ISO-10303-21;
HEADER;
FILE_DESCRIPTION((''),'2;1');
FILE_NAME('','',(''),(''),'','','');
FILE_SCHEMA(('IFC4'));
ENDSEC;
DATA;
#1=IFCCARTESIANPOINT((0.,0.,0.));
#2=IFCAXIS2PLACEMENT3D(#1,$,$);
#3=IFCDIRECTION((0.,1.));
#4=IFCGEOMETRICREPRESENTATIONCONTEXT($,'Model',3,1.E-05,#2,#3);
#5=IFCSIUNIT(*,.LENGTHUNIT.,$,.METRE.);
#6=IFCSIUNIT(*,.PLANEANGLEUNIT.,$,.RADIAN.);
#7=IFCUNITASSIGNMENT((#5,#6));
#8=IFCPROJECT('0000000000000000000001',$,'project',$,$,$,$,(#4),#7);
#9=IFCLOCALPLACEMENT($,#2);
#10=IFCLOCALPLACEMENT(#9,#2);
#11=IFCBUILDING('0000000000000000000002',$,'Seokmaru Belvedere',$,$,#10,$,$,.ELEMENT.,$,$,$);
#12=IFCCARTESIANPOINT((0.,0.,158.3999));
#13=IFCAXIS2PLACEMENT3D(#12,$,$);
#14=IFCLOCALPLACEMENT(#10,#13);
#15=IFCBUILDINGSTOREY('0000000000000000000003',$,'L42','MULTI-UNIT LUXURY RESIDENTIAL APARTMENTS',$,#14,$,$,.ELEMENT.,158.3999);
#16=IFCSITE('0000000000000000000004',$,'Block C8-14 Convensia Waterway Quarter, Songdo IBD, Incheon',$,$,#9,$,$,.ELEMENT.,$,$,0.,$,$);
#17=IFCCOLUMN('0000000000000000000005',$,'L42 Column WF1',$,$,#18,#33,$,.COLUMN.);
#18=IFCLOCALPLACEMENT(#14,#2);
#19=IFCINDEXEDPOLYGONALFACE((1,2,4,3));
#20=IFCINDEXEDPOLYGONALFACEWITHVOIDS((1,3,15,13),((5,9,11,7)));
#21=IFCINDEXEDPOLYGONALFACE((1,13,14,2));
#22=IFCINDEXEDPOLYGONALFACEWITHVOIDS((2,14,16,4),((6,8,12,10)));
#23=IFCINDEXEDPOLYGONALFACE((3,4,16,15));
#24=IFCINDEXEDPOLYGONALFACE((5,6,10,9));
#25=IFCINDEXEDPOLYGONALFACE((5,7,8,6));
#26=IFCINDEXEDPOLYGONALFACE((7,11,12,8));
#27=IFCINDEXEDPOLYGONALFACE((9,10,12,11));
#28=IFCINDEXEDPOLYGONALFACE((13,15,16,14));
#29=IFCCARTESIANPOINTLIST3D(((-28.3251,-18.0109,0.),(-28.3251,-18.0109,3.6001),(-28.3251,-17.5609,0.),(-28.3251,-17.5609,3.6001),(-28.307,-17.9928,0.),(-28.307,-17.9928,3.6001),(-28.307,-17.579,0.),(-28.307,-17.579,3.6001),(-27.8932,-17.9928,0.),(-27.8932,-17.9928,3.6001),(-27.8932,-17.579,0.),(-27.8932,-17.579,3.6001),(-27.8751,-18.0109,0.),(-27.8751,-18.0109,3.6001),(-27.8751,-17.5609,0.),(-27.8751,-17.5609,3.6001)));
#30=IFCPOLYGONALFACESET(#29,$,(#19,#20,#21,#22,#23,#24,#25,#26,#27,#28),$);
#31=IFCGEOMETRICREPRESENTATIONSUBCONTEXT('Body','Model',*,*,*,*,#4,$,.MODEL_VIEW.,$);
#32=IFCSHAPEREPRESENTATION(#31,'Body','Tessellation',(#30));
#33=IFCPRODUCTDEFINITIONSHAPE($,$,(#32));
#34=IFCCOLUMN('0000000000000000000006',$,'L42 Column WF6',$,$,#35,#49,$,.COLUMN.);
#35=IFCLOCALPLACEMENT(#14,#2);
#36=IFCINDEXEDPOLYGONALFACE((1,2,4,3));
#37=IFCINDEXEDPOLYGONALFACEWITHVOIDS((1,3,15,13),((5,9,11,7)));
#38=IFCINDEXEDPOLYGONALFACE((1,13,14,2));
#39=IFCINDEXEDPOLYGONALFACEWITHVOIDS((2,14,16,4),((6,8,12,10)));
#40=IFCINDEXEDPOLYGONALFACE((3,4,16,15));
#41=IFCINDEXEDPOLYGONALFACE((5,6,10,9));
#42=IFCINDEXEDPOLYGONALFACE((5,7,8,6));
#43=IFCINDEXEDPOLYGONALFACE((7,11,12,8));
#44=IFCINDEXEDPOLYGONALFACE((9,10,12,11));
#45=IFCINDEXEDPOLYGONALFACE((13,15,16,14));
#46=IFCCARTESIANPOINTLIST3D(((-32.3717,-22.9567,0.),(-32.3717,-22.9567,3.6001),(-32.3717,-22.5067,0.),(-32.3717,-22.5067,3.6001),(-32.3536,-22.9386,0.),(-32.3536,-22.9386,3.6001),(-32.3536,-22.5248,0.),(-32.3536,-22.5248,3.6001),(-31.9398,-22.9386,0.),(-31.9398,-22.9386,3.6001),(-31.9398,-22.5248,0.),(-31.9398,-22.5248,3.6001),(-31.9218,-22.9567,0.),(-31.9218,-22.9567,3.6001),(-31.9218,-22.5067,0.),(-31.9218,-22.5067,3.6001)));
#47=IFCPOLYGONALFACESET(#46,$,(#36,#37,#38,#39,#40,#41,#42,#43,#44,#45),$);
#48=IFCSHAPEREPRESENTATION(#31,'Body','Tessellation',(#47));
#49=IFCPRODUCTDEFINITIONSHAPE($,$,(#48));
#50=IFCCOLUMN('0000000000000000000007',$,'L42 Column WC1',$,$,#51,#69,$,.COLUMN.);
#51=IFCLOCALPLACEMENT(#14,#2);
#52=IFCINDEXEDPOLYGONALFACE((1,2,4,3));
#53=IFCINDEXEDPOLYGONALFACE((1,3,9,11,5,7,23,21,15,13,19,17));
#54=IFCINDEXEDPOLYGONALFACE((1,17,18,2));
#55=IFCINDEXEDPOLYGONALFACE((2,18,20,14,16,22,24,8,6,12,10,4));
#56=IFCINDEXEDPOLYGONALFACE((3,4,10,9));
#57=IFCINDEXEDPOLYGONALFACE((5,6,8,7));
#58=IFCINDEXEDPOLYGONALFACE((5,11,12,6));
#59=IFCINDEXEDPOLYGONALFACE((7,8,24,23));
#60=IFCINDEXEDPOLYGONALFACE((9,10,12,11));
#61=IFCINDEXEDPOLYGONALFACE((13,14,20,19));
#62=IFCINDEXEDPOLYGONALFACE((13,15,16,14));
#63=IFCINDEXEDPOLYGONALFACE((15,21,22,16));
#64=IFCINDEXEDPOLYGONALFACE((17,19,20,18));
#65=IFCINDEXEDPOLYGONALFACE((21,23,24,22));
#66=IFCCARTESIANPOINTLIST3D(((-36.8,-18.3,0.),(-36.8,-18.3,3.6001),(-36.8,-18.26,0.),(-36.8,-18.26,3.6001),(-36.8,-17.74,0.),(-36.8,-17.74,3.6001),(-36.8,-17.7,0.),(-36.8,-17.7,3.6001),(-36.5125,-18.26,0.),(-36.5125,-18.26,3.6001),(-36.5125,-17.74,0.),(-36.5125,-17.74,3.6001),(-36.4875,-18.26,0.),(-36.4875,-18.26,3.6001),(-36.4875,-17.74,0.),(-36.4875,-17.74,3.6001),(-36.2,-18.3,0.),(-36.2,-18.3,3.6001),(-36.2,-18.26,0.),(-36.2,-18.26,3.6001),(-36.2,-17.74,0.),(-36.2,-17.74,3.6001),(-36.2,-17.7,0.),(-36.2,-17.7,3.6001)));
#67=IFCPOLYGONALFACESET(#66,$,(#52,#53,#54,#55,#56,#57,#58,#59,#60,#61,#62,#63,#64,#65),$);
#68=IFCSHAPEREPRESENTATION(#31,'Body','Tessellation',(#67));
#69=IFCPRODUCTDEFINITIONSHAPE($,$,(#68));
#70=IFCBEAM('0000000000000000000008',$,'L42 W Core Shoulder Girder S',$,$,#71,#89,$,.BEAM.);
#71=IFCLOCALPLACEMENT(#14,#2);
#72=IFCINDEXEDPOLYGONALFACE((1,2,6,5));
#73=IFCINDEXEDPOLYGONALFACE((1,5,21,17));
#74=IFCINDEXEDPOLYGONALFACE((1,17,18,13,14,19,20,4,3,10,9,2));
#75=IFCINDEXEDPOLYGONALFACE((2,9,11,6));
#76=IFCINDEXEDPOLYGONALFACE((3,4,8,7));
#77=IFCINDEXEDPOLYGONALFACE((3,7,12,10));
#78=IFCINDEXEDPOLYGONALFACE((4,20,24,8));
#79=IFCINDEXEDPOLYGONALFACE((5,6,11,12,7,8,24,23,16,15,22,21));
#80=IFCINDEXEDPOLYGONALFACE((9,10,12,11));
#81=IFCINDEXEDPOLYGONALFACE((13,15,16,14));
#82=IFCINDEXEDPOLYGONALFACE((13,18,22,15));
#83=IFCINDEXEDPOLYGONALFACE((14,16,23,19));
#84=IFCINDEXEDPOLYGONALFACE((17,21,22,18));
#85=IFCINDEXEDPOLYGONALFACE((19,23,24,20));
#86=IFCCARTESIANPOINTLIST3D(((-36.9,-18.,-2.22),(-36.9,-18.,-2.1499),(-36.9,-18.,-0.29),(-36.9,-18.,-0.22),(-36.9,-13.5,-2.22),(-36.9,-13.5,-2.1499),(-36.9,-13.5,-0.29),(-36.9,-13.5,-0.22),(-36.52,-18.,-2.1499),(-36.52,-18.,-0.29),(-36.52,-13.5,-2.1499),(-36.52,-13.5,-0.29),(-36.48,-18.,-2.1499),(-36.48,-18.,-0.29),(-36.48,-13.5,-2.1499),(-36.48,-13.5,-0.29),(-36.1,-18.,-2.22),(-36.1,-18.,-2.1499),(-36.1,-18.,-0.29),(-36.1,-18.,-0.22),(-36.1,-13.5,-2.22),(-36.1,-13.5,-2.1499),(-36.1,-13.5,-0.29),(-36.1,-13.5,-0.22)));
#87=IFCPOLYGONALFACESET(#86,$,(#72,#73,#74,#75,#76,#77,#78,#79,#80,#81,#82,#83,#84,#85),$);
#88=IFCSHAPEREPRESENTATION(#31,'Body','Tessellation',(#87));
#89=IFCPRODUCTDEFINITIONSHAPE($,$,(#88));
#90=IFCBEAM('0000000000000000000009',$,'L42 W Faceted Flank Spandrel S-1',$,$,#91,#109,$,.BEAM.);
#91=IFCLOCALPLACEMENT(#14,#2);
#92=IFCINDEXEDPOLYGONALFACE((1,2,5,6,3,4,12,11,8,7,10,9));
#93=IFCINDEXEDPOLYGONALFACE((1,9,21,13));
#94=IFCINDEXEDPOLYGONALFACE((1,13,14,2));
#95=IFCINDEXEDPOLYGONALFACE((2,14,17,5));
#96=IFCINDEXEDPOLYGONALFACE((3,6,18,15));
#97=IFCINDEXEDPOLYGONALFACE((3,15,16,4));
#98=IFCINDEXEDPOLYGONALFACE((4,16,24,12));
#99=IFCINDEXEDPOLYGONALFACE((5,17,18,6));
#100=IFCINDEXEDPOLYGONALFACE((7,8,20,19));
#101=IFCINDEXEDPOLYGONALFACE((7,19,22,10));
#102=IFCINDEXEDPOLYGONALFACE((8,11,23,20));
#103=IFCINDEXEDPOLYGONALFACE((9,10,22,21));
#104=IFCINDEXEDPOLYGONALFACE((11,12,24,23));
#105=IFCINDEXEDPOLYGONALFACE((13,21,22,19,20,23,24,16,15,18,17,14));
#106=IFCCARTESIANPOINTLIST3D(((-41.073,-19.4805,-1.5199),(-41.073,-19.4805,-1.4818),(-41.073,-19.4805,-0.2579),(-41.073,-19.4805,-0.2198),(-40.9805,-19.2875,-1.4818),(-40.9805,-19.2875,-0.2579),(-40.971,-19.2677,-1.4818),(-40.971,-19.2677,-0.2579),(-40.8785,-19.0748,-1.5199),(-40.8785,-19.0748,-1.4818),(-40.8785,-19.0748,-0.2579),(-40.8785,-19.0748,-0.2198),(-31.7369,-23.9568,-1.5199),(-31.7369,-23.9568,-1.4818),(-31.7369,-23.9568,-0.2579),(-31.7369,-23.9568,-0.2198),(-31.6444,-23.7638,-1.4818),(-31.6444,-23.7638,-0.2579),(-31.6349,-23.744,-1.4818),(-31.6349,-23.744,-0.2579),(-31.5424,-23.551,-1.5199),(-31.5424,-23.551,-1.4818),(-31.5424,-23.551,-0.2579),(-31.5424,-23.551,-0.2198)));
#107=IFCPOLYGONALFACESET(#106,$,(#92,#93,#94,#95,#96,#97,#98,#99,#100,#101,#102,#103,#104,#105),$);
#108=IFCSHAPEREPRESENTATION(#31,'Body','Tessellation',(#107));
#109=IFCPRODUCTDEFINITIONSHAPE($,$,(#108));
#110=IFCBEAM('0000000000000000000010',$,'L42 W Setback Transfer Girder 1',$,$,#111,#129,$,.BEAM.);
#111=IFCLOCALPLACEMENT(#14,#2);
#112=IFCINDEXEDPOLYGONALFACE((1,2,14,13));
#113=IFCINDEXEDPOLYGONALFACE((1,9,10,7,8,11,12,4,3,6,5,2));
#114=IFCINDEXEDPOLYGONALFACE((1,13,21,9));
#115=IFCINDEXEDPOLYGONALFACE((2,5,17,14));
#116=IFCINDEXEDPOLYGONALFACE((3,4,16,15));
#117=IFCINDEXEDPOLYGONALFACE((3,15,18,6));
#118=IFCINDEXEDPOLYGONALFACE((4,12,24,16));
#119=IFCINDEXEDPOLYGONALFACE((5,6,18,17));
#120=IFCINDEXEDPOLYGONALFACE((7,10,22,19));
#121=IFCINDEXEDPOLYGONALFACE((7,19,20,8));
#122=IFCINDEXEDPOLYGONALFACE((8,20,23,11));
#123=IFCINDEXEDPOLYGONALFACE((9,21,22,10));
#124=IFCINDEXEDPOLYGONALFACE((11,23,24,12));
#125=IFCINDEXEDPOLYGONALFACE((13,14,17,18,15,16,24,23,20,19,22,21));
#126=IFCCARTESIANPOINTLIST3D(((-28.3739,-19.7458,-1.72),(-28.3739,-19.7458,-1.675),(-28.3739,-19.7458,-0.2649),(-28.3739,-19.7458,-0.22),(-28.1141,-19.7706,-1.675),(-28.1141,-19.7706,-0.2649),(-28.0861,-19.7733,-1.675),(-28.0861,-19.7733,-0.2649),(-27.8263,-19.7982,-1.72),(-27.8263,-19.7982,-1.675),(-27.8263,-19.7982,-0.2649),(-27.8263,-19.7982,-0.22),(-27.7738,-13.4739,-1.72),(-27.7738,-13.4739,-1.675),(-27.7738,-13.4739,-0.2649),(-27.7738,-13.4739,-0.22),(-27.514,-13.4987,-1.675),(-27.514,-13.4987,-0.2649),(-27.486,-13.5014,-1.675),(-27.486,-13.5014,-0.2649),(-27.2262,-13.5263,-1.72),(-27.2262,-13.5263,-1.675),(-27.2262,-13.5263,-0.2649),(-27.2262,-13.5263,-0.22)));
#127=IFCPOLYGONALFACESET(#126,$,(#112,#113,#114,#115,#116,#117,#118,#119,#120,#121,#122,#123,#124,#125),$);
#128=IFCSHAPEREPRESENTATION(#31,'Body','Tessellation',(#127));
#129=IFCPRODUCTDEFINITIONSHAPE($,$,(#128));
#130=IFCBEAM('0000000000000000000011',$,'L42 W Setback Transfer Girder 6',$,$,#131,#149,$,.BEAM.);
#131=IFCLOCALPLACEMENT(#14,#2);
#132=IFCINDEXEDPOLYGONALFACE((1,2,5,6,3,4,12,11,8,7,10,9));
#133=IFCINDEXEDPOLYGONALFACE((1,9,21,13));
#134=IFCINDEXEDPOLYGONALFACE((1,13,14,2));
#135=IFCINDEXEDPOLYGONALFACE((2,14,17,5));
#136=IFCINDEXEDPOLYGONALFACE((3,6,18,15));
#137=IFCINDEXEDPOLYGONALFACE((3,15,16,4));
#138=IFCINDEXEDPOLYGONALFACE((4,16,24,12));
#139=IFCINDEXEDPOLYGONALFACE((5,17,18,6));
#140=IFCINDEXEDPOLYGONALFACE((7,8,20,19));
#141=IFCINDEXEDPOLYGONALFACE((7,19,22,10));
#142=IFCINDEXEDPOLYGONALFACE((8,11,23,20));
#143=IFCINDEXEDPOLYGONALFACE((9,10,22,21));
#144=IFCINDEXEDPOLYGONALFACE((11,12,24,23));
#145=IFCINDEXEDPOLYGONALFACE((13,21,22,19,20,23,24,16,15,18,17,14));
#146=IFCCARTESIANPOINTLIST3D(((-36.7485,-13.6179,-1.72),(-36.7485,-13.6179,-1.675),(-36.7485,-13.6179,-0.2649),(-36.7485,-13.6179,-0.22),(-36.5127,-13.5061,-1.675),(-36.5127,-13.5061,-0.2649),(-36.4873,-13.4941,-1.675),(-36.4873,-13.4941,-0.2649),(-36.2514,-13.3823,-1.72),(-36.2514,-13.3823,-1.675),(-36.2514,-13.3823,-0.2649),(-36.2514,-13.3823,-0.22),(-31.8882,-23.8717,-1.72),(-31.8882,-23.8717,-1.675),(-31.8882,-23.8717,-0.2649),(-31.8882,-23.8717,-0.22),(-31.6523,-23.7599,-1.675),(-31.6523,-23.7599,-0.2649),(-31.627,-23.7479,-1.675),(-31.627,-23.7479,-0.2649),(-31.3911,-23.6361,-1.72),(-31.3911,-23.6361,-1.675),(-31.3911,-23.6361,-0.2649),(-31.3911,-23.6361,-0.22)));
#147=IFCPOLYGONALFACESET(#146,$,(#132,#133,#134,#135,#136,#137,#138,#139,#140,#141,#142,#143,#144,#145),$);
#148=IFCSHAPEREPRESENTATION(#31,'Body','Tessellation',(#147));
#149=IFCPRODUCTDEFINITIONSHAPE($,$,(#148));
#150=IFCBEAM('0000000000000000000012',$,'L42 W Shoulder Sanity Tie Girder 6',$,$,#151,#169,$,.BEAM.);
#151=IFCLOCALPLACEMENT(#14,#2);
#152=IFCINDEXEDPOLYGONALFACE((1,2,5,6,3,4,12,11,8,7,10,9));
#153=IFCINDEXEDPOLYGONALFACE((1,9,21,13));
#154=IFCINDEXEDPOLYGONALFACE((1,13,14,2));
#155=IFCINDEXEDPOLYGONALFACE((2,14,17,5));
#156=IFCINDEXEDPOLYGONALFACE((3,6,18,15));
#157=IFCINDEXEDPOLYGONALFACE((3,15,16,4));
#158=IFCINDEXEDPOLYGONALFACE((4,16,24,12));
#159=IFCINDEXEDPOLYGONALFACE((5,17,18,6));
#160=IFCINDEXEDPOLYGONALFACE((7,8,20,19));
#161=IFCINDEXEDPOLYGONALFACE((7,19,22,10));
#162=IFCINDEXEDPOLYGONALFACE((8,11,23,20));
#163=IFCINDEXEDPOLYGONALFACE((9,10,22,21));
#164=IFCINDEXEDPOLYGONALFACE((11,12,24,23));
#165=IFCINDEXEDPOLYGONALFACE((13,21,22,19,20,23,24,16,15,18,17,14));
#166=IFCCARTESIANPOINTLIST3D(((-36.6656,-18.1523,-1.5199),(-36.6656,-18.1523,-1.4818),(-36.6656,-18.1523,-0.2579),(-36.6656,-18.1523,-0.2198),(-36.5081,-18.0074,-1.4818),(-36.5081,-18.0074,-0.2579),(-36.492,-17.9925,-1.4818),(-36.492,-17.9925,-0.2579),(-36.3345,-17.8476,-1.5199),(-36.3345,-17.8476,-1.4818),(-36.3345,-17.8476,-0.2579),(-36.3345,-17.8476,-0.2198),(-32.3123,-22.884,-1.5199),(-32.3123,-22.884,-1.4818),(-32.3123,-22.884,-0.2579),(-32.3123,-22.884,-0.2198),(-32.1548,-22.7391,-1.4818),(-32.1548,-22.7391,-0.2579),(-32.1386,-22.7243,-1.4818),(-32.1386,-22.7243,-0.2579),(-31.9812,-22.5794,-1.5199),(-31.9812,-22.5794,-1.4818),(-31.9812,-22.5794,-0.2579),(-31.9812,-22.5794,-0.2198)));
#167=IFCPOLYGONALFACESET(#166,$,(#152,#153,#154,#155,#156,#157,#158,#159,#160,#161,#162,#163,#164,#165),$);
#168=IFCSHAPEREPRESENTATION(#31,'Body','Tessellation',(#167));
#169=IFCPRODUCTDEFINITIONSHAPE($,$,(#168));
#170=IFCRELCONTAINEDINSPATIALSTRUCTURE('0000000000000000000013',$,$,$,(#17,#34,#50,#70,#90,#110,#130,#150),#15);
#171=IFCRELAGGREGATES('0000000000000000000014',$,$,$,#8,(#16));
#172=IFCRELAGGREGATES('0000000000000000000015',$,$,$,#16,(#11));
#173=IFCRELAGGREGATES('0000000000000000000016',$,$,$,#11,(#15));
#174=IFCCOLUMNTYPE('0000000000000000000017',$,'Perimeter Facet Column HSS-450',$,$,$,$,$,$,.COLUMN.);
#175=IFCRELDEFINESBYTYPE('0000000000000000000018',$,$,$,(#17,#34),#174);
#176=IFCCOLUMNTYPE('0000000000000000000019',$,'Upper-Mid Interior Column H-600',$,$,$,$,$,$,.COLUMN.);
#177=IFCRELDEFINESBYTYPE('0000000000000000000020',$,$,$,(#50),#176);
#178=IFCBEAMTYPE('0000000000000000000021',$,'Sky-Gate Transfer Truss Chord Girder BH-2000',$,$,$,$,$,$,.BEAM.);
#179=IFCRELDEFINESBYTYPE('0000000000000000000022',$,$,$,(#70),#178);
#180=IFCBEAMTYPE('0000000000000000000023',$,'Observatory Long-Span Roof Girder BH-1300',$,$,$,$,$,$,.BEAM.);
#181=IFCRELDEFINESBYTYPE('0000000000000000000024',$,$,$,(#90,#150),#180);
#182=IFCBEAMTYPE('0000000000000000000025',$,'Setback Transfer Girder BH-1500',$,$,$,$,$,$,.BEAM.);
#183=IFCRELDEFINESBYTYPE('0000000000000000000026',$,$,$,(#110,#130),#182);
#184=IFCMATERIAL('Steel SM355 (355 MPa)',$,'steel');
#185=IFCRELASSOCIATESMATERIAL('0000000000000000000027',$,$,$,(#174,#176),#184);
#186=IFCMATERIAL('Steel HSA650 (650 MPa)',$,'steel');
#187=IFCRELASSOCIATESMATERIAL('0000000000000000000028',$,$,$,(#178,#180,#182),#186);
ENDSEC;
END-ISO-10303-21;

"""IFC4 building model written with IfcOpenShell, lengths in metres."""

from ifc_helpers import new_model, si_unit, direction, frame, origin, origin_2d, place, context, subcontext, project, spatial, hollow_rectangle, i_section, extrude, source, transform, mapped, material, material_profile, profile_set, type_object, type_shapes, element, save


model = new_model("IFC4")

# Units and contexts
model_context = context("Model", 3, precision=1e-05, world=origin(), true_north=direction((0.0, 1.0)))
body_context = subcontext(model_context, "Body", "Model", "MODEL_VIEW")
ifc_project = project(units=[si_unit("LENGTHUNIT", "METRE"), si_unit("PLANEANGLEUNIT", "RADIAN")], contexts=[model_context])

# Site, building, storey
site_placement = place(None, origin())
site = spatial("IfcSite", under=ifc_project, at=site_placement, Name="Block C8-14 Convensia Waterway Quarter, Songdo IBD, Incheon", CompositionType="ELEMENT", RefElevation=0.0)
building_placement = place(site_placement, origin())
building = spatial("IfcBuilding", under=site, at=building_placement, Name="Seokmaru Belvedere", CompositionType="ELEMENT")
storey_placement = place(building_placement, frame((0.0, 0.0, 158.3999)))
storey = spatial("IfcBuildingStorey", under=building, at=storey_placement, Name="L42", Description="MULTI-UNIT LUXURY RESIDENTIAL APARTMENTS", CompositionType="ELEMENT", Elevation=158.3999)

# Columns
ifc_material_1 = material(Name="Steel SM355 (355 MPa)", Category="steel")
ifc_material_profile_1 = material_profile(ifc_material_1, hollow_rectangle(XDim=0.45, YDim=0.45, WallThickness=0.0181, at=origin_2d()), Name="HSS-450x450x18")
ifc_profile_set_1 = profile_set([ifc_material_profile_1], Name="Steel SM355 (355 MPa)")
column_type_1 = type_object("IfcColumnType", Name="Perimeter Facet Column HSS-450", PredefinedType="COLUMN", material=ifc_profile_set_1)
shared_shape_1 = source(origin(), body_context, "Body", "SweptSolid", [
    extrude(hollow_rectangle(XDim=0.45, YDim=0.45, WallThickness=0.0181, at=origin_2d()), origin(), (0.0, 0.0, 1.0), 3.6001),
])
type_shapes(column_type_1, [shared_shape_1])
for number, where, z_axis, x_axis, name in (
    (1, (-28.1001, -17.7859, 0.0), (0.0, 0.0, 1.0), (1.0, 0.0, 0.0), "L42 Column WF1"),
    (2, (-32.1467, -22.7317, 0.0), (0.0, 0.0, 1.0), (1.0, 0.0, 0.0), "L42 Column WF6"),
):
    element("IfcColumn", number, at=place(storey_placement, frame(where, z_axis=z_axis, x_axis=x_axis)), inside=storey, type_object=column_type_1, Name=name, PredefinedType="COLUMN", context=body_context, shape_type="MappedRepresentation", body=[
        mapped(shared_shape_1, transform((0.0, 0.0, 0.0), scale=1.0)),
    ])
ifc_material_profile_2 = material_profile(ifc_material_1, i_section(OverallWidth=0.6001, OverallDepth=0.6001, WebThickness=0.0249, FlangeThickness=0.04, at=origin_2d()), Name="H-600x600x25x40")
ifc_profile_set_2 = profile_set([ifc_material_profile_2], Name="Steel SM355 (355 MPa)")
column_type_2 = type_object("IfcColumnType", Name="Upper-Mid Interior Column H-600", PredefinedType="COLUMN", material=ifc_profile_set_2)
shared_shape_2 = source(origin(), body_context, "Body", "SweptSolid", [
    extrude(i_section(OverallWidth=0.6001, OverallDepth=0.6001, WebThickness=0.0249, FlangeThickness=0.04, at=origin_2d()), origin(), (0.0, 0.0, 1.0), 3.6001),
])
type_shapes(column_type_2, [shared_shape_2])
column_placement = place(storey_placement, frame((-36.5, -18.0, 0.0), z_axis=(0.0, 0.0, 1.0), x_axis=(1.0, 0.0, 0.0)))
element("IfcColumn", 3, at=column_placement, inside=storey, type_object=column_type_2, Name="L42 Column WC1", PredefinedType="COLUMN", context=body_context, shape_type="MappedRepresentation", body=[
    mapped(shared_shape_2, transform((0.0, 0.0, 0.0), scale=1.0)),
])

# Beams
ifc_material_2 = material(Name="Steel HSA650 (650 MPa)", Category="steel")
ifc_material_profile_3 = material_profile(ifc_material_2, i_section(OverallWidth=0.8, OverallDepth=2.0, WebThickness=0.04, FlangeThickness=0.0701, at=origin_2d()), Name="BH-2000x800x40x70")
ifc_profile_set_3 = profile_set([ifc_material_profile_3], Name="Steel HSA650 (650 MPa)")
beam_type_1 = type_object("IfcBeamType", Name="Sky-Gate Transfer Truss Chord Girder BH-2000", PredefinedType="BEAM", material=ifc_profile_set_3)
shared_shape_3 = source(origin(), body_context, "Body", "SweptSolid", [
    extrude(i_section(OverallWidth=0.8, OverallDepth=2.0, WebThickness=0.04, FlangeThickness=0.0701, at=origin_2d()), origin(), (0.0, 0.0, 1.0), 4.5),
])
type_shapes(beam_type_1, [shared_shape_3])
beam_1_placement = place(storey_placement, frame((-36.5, -18.0, -1.22), z_axis=(0.0, 1.0, 0.0), x_axis=(-1.0, 0.0, 0.0)))
element("IfcBeam", 4, at=beam_1_placement, inside=storey, type_object=beam_type_1, Name="L42 W Core Shoulder Girder S", PredefinedType="BEAM", context=body_context, shape_type="MappedRepresentation", body=[
    mapped(shared_shape_3, transform((0.0, 0.0, 0.0), scale=1.0)),
])
ifc_material_profile_4 = material_profile(ifc_material_2, i_section(OverallWidth=0.45, OverallDepth=1.3, WebThickness=0.022, FlangeThickness=0.0381, at=origin_2d()), Name="BH-1300x450x22x38")
ifc_profile_set_4 = profile_set([ifc_material_profile_4], Name="Steel HSA650 (650 MPa)")
beam_type_2 = type_object("IfcBeamType", Name="Observatory Long-Span Roof Girder BH-1300", PredefinedType="BEAM", material=ifc_profile_set_4)
shared_shape_4 = source(origin(), body_context, "Body", "SweptSolid", [
    extrude(i_section(OverallWidth=0.45, OverallDepth=1.3, WebThickness=0.022, FlangeThickness=0.0381, at=origin_2d()), origin(), (0.0, 0.0, 1.0), 10.3538),
])
beam_2_placement = place(storey_placement, frame((-31.6396, -23.7539, -0.8699), z_axis=(-0.901713, 0.432335, 0.0), x_axis=(-0.432335, -0.901713, 0.0)))
element("IfcBeam", 5, at=beam_2_placement, inside=storey, type_object=beam_type_2, Name="L42 W Faceted Flank Spandrel S-1", PredefinedType="BEAM", context=body_context, shape_type="MappedRepresentation", body=[
    mapped(shared_shape_4, transform((0.0, 0.0, 0.0), scale=1.0)),
])
ifc_material_profile_5 = material_profile(ifc_material_2, i_section(OverallWidth=0.55, OverallDepth=1.5, WebThickness=0.0281, FlangeThickness=0.0449, at=origin_2d()), Name="BH-1500x550x28x45")
ifc_profile_set_5 = profile_set([ifc_material_profile_5], Name="Steel HSA650 (650 MPa)")
beam_type_3 = type_object("IfcBeamType", Name="Setback Transfer Girder BH-1500", PredefinedType="BEAM", material=ifc_profile_set_5)
shared_shape_5 = source(origin(), body_context, "Body", "SweptSolid", [
    extrude(i_section(OverallWidth=0.55, OverallDepth=1.5, WebThickness=0.0281, FlangeThickness=0.0449, at=origin_2d()), origin(), (0.0, 0.0, 1.0), 6.3005),
])
beam_3_placement = place(storey_placement, frame((-28.1001, -19.772, -0.97), z_axis=(0.095244, 0.995454, 0.0), x_axis=(-0.995454, 0.095244, 0.0)))
element("IfcBeam", 6, at=beam_3_placement, inside=storey, type_object=beam_type_3, Name="L42 W Setback Transfer Girder 1", PredefinedType="BEAM", context=body_context, shape_type="MappedRepresentation", body=[
    mapped(shared_shape_5, transform((0.0, 0.0, 0.0), scale=1.0)),
])
shared_shape_6 = source(origin(), body_context, "Body", "SweptSolid", [
    extrude(i_section(OverallWidth=0.55, OverallDepth=1.5, WebThickness=0.0281, FlangeThickness=0.0449, at=origin_2d()), origin(), (0.0, 0.0, 1.0), 11.3474),
])
type_shapes(beam_type_3, [shared_shape_5, shared_shape_6])
beam_4_placement = place(storey_placement, frame((-31.6396, -23.7539, -0.97), z_axis=(-0.428319, 0.903627, 0.0), x_axis=(-0.903627, -0.428319, 0.0)))
element("IfcBeam", 7, at=beam_4_placement, inside=storey, type_object=beam_type_3, Name="L42 W Setback Transfer Girder 6", PredefinedType="BEAM", context=body_context, shape_type="MappedRepresentation", body=[
    mapped(shared_shape_6, transform((0.0, 0.0, 0.0), scale=1.0)),
])
shared_shape_7 = source(origin(), body_context, "Body", "SweptSolid", [
    extrude(i_section(OverallWidth=0.45, OverallDepth=1.3, WebThickness=0.022, FlangeThickness=0.0381, at=origin_2d()), origin(), (0.0, 0.0, 1.0), 6.4297),
])
type_shapes(beam_type_2, [shared_shape_4, shared_shape_7])
beam_5_placement = place(storey_placement, frame((-32.1467, -22.7317, -0.8699), z_axis=(-0.677066, 0.735922, 0.0), x_axis=(-0.735922, -0.677066, 0.0)))
element("IfcBeam", 8, at=beam_5_placement, inside=storey, type_object=beam_type_2, Name="L42 W Shoulder Sanity Tie Girder 6", PredefinedType="BEAM", context=body_context, shape_type="MappedRepresentation", body=[
    mapped(shared_shape_7, transform((0.0, 0.0, 0.0), scale=1.0)),
])

save(model, "model.ifc")
